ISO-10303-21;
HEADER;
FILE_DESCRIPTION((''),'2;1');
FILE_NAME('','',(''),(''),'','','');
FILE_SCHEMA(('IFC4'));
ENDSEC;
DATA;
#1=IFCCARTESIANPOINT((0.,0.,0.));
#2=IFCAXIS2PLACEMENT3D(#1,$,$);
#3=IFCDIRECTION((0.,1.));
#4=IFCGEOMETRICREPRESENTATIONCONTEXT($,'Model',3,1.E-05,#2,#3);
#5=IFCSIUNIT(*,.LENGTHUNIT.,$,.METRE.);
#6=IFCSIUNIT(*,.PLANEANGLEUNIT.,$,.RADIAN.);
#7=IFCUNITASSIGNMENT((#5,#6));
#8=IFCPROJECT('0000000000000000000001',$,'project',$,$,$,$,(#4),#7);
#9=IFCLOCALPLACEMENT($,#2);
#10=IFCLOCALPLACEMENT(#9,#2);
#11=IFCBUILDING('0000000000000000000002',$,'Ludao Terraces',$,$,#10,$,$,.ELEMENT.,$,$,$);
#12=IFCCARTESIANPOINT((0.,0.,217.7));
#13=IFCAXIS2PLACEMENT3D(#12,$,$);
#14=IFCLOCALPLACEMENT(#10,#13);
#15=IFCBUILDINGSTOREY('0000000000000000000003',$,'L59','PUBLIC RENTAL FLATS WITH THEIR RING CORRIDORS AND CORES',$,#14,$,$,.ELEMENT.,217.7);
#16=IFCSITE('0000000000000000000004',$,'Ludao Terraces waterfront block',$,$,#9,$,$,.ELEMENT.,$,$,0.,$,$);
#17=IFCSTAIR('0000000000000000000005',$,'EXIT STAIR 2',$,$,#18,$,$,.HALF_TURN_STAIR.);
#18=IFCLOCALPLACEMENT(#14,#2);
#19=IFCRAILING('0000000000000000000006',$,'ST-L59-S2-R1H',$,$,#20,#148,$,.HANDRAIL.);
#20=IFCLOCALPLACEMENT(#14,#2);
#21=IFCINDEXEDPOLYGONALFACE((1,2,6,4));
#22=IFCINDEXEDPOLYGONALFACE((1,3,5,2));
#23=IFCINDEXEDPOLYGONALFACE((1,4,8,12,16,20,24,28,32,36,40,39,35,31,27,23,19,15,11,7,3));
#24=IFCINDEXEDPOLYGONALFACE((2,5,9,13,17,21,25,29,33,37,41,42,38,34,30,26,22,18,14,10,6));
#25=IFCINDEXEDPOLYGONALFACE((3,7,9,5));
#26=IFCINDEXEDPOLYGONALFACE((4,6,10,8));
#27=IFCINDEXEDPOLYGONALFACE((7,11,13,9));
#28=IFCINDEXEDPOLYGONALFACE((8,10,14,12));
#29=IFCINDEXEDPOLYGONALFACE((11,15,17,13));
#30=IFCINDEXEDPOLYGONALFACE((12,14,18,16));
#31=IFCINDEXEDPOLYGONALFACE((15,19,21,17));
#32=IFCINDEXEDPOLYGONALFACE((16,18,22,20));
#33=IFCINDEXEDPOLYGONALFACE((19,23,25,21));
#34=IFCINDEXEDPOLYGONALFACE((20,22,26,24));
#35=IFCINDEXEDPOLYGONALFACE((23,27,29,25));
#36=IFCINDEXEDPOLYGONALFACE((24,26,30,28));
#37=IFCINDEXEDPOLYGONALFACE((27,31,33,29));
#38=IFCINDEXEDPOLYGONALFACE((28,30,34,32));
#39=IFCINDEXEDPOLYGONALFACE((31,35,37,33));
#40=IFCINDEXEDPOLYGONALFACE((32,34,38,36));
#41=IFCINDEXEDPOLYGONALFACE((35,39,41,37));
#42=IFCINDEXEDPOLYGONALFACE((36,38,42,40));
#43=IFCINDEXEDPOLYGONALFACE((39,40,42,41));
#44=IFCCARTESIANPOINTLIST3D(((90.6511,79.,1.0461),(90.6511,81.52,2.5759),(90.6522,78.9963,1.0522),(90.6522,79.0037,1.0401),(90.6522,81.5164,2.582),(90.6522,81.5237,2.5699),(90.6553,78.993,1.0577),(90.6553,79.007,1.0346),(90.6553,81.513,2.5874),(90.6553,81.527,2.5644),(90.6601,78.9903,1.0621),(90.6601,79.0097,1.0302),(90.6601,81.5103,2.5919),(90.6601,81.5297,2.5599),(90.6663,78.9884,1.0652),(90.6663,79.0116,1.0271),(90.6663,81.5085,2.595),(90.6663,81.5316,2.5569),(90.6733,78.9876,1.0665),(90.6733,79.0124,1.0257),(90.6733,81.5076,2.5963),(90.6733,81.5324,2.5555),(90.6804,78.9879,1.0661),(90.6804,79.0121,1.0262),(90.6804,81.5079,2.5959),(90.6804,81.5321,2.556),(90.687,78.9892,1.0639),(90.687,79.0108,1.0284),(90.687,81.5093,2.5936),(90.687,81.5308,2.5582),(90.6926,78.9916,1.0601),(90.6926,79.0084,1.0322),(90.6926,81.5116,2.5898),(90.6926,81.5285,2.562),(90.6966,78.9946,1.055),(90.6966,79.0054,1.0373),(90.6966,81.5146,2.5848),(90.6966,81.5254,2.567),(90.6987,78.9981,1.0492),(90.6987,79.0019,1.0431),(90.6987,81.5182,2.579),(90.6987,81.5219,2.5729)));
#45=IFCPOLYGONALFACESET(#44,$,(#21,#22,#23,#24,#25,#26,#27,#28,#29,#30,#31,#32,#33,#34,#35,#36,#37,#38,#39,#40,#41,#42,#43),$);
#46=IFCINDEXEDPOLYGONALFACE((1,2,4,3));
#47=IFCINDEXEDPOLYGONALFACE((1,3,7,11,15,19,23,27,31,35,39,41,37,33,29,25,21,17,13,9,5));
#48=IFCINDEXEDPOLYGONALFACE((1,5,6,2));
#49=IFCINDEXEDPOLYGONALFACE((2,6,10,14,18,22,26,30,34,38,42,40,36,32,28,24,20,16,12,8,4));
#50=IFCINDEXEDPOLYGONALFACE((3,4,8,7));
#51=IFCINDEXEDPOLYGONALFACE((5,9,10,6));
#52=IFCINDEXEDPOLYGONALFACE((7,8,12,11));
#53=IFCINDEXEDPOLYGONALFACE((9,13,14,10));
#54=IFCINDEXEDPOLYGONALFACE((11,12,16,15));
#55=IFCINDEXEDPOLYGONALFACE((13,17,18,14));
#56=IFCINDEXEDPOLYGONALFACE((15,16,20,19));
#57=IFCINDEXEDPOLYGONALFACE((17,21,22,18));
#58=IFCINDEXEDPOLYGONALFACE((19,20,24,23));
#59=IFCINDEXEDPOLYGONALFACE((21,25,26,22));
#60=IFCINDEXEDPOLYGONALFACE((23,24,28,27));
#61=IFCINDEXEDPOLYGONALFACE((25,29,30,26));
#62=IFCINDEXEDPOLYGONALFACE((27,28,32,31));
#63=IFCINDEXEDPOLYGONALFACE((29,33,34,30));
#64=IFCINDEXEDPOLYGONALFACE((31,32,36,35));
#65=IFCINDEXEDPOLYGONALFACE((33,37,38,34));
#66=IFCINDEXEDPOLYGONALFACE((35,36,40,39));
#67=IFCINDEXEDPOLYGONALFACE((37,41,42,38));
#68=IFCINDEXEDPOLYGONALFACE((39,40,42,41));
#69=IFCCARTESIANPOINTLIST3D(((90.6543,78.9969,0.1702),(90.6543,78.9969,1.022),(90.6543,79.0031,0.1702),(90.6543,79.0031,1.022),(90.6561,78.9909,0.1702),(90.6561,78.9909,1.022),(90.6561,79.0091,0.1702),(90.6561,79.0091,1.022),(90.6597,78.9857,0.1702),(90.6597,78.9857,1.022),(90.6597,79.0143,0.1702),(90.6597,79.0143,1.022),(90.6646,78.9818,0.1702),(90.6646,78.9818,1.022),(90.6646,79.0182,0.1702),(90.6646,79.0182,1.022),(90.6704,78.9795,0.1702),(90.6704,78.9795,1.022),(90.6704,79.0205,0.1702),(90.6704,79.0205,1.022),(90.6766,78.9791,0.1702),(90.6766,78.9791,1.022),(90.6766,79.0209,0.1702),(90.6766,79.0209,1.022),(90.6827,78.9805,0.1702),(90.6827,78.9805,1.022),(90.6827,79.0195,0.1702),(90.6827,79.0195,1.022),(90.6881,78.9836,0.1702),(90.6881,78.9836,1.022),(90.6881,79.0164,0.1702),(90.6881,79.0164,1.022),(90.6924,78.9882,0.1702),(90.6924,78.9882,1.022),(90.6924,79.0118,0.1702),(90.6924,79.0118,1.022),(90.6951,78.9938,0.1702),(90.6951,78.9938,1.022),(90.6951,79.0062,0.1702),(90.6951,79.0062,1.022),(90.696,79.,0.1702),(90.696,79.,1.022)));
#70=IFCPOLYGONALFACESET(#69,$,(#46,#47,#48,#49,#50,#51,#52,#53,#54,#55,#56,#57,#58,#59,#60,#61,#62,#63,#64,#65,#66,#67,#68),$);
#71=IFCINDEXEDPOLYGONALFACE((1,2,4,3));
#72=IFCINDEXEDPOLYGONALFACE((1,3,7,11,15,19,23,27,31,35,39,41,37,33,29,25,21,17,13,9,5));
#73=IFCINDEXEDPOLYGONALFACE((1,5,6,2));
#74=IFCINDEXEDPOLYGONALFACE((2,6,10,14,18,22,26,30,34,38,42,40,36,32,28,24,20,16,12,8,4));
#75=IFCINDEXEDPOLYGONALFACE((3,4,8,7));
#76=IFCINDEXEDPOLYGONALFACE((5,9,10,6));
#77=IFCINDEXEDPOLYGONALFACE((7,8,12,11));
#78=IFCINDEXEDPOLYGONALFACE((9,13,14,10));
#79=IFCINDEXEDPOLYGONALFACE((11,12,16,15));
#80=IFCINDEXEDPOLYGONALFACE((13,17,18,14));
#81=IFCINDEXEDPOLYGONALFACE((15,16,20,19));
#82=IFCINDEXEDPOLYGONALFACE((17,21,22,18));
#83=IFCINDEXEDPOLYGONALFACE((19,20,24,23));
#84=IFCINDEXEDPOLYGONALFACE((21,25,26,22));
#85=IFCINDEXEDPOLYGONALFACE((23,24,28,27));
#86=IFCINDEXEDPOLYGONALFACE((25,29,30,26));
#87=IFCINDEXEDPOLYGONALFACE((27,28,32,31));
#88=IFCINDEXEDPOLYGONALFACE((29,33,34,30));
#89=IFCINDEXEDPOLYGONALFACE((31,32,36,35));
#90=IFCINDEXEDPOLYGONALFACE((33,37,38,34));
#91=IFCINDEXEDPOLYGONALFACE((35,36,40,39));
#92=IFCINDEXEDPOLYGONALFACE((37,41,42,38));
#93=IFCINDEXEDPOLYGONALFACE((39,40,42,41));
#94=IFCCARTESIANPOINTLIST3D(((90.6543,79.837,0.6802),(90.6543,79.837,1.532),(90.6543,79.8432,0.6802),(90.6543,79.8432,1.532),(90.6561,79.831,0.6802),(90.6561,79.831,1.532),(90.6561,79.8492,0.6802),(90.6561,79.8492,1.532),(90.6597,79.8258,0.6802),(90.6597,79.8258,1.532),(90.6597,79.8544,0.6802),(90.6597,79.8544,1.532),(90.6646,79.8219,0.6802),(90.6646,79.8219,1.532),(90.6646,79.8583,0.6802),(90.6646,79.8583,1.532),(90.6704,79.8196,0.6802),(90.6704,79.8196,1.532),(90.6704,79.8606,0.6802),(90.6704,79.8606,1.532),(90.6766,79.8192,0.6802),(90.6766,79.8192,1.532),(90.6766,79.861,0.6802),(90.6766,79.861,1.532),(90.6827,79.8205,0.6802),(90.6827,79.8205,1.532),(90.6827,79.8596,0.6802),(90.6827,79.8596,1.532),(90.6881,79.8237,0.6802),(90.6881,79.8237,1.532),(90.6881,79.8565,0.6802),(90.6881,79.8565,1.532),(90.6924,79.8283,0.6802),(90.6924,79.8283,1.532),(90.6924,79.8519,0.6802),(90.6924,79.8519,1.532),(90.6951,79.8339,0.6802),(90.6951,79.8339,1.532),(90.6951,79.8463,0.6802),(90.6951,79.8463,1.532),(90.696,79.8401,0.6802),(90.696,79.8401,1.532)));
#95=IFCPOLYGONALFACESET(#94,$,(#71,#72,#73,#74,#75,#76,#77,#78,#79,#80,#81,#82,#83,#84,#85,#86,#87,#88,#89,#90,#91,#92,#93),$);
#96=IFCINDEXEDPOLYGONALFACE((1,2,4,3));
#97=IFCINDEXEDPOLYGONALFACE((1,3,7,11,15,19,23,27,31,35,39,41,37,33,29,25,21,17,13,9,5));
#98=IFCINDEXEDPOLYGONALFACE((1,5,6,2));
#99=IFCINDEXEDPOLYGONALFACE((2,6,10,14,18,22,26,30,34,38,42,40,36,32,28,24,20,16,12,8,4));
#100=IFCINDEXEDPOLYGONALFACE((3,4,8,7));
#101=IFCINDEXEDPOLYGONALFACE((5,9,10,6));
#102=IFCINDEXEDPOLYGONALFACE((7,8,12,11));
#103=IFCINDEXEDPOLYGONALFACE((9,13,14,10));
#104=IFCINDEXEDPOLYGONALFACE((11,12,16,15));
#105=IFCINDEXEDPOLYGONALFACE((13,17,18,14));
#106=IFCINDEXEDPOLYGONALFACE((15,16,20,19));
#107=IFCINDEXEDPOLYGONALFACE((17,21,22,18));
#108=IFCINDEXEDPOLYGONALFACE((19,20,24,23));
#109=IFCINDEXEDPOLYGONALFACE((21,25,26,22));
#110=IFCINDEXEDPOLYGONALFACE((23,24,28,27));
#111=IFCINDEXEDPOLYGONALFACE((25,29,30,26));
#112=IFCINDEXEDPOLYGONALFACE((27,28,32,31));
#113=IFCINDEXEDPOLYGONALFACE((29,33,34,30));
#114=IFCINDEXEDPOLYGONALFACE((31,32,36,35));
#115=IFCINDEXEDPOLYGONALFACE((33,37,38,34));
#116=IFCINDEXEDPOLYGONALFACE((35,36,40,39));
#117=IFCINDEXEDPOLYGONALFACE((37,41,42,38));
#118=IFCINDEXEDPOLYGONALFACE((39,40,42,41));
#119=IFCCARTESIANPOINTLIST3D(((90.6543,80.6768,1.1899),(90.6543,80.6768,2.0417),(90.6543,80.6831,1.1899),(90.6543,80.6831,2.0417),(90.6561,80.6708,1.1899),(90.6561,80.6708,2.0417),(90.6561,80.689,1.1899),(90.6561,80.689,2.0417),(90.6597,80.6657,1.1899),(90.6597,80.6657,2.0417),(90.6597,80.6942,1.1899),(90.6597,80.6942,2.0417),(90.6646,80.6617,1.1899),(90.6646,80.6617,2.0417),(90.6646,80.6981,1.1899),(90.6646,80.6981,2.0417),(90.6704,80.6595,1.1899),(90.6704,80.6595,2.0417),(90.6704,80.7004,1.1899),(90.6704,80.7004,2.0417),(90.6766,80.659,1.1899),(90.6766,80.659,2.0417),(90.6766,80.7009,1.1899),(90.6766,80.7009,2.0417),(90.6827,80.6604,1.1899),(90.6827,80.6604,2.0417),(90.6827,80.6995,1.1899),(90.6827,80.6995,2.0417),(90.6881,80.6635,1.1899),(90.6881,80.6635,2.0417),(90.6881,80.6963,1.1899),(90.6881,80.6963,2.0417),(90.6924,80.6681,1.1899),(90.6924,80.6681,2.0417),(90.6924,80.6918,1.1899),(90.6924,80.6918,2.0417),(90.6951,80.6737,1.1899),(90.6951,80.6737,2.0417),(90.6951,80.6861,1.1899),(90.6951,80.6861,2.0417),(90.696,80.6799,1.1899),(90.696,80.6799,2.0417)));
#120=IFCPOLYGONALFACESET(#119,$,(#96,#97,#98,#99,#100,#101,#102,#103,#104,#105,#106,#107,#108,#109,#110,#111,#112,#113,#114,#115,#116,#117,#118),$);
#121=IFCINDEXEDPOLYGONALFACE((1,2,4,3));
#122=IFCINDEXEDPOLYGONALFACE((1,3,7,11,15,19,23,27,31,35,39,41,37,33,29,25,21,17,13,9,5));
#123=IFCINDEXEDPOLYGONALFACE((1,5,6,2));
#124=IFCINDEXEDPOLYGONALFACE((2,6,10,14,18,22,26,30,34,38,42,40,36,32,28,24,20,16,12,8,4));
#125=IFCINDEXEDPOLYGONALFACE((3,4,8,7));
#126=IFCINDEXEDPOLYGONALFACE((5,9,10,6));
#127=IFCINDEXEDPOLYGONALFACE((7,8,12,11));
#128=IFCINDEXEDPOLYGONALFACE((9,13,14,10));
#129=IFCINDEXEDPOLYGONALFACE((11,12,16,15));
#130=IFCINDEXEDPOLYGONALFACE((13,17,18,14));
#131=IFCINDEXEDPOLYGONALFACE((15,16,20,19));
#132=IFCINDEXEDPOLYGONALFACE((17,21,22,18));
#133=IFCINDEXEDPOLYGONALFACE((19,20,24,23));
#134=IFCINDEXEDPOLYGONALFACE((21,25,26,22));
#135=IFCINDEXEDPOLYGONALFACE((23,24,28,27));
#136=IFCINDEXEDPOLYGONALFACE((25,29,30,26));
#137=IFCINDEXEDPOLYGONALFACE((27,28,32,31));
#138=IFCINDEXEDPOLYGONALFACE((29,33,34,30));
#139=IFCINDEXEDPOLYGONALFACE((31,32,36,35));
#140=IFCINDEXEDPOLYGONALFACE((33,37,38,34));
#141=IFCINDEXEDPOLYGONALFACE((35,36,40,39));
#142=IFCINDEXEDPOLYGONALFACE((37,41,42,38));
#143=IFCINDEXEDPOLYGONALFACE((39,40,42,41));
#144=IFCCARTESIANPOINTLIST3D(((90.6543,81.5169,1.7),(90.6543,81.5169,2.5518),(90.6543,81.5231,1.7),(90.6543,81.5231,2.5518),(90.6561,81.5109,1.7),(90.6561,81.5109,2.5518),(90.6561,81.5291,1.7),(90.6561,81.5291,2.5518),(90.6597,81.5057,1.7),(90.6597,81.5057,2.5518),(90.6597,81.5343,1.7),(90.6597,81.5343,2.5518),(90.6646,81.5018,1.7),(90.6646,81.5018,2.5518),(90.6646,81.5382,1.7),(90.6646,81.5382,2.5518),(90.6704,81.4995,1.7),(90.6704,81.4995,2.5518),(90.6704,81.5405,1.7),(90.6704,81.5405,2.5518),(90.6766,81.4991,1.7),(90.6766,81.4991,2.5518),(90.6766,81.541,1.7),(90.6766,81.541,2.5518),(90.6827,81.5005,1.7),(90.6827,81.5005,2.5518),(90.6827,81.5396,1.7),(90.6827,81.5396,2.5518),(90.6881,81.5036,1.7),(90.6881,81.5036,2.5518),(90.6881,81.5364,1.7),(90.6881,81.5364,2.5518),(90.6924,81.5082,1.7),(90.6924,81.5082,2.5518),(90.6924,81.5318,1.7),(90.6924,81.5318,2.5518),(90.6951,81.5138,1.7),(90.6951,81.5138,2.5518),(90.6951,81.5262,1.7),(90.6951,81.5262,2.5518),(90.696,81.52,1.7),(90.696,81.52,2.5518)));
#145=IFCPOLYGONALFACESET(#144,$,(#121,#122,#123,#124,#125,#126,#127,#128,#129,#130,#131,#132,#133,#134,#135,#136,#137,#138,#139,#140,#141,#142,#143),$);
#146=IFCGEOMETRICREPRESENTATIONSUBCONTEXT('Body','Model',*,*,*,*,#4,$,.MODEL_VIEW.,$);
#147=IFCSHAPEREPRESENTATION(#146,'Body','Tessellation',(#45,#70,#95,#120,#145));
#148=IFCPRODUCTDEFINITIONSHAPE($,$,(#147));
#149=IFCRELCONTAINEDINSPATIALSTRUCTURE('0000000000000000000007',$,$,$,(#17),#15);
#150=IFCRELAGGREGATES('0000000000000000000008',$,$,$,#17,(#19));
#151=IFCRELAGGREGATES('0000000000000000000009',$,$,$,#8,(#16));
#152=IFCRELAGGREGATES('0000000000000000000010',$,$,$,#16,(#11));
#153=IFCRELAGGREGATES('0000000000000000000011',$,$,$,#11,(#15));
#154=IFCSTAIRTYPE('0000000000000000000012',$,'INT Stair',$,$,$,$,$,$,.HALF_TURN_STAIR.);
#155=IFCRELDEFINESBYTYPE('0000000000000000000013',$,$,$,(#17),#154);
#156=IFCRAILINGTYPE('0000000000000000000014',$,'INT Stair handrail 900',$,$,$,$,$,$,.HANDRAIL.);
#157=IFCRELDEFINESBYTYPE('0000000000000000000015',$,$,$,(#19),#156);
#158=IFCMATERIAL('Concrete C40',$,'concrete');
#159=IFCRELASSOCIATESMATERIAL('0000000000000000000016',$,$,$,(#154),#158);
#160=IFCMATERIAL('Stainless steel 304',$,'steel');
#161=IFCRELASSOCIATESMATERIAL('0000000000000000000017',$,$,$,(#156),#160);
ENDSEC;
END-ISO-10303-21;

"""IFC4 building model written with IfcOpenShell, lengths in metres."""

from ifc_helpers import new_model, si_unit, direction, frame, origin, origin_2d, place, context, subcontext, project, spatial, circle, extrude, material, type_object, element, aggregate, save


model = new_model("IFC4")

# Units and contexts
model_context = context("Model", 3, precision=1e-05, world=origin(), true_north=direction((0.0, 1.0)))
body_context = subcontext(model_context, "Body", "Model", "MODEL_VIEW")
ifc_project = project(units=[si_unit("LENGTHUNIT", "METRE"), si_unit("PLANEANGLEUNIT", "RADIAN")], contexts=[model_context])

# Site, building, storey
site_placement = place(None, origin())
site = spatial("IfcSite", under=ifc_project, at=site_placement, Name="Ludao Terraces waterfront block", CompositionType="ELEMENT", RefElevation=0.0)
building_placement = place(site_placement, origin())
building = spatial("IfcBuilding", under=site, at=building_placement, Name="Ludao Terraces", CompositionType="ELEMENT")
storey_placement = place(building_placement, frame((0.0, 0.0, 217.7)))
storey = spatial("IfcBuildingStorey", under=building, at=storey_placement, Name="L59", Description="PUBLIC RENTAL FLATS WITH THEIR RING CORRIDORS AND CORES", CompositionType="ELEMENT", Elevation=217.7)

# Shared definitions
ifc_material_1 = material(Name="Stainless steel 304", Category="steel")

# Stair, railing
ifc_material_2 = material(Name="Concrete C40", Category="concrete")
stair_type = type_object("IfcStairType", Name="INT Stair", PredefinedType="HALF_TURN_STAIR", material=ifc_material_2)
stair_placement = place(storey_placement, origin())
stair = element("IfcStair", 1, at=stair_placement, inside=storey, type_object=stair_type, Name="EXIT STAIR 2", PredefinedType="HALF_TURN_STAIR")
railing_type_1 = type_object("IfcRailingType", Name="INT Stair handrail 900", PredefinedType="HANDRAIL", material=ifc_material_1)
railing_1_placement = place(storey_placement, frame((90.675, 79.0, 0.1702)))
railing_1 = element("IfcRailing", 2, at=railing_1_placement, type_object=railing_type_1, Name="ST-L59-S2-R1H", PredefinedType="HANDRAIL", context=body_context, shape_type="SweptSolid", body=[
    extrude(circle(Radius=0.0239, at=origin_2d()), frame((0.0, 0.0, 0.876), z_axis=(0.0, 0.854822, 0.518922), x_axis=(-1.0, 0.0, 0.0)), (0.0, 0.0, 1.0), 2.948),
    extrude(circle(Radius=0.021, at=origin_2d()), origin(), (0.0, 0.0, 1.0), 0.8518),
    extrude(circle(Radius=0.021, at=origin_2d()), frame((0.0, 0.8401, 0.51)), (0.0, 0.0, 1.0), 0.8518),
    extrude(circle(Radius=0.021, at=origin_2d()), frame((0.0, 1.6799, 1.0198)), (0.0, 0.0, 1.0), 0.8518),
    extrude(circle(Radius=0.021, at=origin_2d()), frame((0.0, 2.52, 1.5298)), (0.0, 0.0, 1.0), 0.8518),
])
aggregate(stair, [railing_1])

save(model, "model.ifc")
